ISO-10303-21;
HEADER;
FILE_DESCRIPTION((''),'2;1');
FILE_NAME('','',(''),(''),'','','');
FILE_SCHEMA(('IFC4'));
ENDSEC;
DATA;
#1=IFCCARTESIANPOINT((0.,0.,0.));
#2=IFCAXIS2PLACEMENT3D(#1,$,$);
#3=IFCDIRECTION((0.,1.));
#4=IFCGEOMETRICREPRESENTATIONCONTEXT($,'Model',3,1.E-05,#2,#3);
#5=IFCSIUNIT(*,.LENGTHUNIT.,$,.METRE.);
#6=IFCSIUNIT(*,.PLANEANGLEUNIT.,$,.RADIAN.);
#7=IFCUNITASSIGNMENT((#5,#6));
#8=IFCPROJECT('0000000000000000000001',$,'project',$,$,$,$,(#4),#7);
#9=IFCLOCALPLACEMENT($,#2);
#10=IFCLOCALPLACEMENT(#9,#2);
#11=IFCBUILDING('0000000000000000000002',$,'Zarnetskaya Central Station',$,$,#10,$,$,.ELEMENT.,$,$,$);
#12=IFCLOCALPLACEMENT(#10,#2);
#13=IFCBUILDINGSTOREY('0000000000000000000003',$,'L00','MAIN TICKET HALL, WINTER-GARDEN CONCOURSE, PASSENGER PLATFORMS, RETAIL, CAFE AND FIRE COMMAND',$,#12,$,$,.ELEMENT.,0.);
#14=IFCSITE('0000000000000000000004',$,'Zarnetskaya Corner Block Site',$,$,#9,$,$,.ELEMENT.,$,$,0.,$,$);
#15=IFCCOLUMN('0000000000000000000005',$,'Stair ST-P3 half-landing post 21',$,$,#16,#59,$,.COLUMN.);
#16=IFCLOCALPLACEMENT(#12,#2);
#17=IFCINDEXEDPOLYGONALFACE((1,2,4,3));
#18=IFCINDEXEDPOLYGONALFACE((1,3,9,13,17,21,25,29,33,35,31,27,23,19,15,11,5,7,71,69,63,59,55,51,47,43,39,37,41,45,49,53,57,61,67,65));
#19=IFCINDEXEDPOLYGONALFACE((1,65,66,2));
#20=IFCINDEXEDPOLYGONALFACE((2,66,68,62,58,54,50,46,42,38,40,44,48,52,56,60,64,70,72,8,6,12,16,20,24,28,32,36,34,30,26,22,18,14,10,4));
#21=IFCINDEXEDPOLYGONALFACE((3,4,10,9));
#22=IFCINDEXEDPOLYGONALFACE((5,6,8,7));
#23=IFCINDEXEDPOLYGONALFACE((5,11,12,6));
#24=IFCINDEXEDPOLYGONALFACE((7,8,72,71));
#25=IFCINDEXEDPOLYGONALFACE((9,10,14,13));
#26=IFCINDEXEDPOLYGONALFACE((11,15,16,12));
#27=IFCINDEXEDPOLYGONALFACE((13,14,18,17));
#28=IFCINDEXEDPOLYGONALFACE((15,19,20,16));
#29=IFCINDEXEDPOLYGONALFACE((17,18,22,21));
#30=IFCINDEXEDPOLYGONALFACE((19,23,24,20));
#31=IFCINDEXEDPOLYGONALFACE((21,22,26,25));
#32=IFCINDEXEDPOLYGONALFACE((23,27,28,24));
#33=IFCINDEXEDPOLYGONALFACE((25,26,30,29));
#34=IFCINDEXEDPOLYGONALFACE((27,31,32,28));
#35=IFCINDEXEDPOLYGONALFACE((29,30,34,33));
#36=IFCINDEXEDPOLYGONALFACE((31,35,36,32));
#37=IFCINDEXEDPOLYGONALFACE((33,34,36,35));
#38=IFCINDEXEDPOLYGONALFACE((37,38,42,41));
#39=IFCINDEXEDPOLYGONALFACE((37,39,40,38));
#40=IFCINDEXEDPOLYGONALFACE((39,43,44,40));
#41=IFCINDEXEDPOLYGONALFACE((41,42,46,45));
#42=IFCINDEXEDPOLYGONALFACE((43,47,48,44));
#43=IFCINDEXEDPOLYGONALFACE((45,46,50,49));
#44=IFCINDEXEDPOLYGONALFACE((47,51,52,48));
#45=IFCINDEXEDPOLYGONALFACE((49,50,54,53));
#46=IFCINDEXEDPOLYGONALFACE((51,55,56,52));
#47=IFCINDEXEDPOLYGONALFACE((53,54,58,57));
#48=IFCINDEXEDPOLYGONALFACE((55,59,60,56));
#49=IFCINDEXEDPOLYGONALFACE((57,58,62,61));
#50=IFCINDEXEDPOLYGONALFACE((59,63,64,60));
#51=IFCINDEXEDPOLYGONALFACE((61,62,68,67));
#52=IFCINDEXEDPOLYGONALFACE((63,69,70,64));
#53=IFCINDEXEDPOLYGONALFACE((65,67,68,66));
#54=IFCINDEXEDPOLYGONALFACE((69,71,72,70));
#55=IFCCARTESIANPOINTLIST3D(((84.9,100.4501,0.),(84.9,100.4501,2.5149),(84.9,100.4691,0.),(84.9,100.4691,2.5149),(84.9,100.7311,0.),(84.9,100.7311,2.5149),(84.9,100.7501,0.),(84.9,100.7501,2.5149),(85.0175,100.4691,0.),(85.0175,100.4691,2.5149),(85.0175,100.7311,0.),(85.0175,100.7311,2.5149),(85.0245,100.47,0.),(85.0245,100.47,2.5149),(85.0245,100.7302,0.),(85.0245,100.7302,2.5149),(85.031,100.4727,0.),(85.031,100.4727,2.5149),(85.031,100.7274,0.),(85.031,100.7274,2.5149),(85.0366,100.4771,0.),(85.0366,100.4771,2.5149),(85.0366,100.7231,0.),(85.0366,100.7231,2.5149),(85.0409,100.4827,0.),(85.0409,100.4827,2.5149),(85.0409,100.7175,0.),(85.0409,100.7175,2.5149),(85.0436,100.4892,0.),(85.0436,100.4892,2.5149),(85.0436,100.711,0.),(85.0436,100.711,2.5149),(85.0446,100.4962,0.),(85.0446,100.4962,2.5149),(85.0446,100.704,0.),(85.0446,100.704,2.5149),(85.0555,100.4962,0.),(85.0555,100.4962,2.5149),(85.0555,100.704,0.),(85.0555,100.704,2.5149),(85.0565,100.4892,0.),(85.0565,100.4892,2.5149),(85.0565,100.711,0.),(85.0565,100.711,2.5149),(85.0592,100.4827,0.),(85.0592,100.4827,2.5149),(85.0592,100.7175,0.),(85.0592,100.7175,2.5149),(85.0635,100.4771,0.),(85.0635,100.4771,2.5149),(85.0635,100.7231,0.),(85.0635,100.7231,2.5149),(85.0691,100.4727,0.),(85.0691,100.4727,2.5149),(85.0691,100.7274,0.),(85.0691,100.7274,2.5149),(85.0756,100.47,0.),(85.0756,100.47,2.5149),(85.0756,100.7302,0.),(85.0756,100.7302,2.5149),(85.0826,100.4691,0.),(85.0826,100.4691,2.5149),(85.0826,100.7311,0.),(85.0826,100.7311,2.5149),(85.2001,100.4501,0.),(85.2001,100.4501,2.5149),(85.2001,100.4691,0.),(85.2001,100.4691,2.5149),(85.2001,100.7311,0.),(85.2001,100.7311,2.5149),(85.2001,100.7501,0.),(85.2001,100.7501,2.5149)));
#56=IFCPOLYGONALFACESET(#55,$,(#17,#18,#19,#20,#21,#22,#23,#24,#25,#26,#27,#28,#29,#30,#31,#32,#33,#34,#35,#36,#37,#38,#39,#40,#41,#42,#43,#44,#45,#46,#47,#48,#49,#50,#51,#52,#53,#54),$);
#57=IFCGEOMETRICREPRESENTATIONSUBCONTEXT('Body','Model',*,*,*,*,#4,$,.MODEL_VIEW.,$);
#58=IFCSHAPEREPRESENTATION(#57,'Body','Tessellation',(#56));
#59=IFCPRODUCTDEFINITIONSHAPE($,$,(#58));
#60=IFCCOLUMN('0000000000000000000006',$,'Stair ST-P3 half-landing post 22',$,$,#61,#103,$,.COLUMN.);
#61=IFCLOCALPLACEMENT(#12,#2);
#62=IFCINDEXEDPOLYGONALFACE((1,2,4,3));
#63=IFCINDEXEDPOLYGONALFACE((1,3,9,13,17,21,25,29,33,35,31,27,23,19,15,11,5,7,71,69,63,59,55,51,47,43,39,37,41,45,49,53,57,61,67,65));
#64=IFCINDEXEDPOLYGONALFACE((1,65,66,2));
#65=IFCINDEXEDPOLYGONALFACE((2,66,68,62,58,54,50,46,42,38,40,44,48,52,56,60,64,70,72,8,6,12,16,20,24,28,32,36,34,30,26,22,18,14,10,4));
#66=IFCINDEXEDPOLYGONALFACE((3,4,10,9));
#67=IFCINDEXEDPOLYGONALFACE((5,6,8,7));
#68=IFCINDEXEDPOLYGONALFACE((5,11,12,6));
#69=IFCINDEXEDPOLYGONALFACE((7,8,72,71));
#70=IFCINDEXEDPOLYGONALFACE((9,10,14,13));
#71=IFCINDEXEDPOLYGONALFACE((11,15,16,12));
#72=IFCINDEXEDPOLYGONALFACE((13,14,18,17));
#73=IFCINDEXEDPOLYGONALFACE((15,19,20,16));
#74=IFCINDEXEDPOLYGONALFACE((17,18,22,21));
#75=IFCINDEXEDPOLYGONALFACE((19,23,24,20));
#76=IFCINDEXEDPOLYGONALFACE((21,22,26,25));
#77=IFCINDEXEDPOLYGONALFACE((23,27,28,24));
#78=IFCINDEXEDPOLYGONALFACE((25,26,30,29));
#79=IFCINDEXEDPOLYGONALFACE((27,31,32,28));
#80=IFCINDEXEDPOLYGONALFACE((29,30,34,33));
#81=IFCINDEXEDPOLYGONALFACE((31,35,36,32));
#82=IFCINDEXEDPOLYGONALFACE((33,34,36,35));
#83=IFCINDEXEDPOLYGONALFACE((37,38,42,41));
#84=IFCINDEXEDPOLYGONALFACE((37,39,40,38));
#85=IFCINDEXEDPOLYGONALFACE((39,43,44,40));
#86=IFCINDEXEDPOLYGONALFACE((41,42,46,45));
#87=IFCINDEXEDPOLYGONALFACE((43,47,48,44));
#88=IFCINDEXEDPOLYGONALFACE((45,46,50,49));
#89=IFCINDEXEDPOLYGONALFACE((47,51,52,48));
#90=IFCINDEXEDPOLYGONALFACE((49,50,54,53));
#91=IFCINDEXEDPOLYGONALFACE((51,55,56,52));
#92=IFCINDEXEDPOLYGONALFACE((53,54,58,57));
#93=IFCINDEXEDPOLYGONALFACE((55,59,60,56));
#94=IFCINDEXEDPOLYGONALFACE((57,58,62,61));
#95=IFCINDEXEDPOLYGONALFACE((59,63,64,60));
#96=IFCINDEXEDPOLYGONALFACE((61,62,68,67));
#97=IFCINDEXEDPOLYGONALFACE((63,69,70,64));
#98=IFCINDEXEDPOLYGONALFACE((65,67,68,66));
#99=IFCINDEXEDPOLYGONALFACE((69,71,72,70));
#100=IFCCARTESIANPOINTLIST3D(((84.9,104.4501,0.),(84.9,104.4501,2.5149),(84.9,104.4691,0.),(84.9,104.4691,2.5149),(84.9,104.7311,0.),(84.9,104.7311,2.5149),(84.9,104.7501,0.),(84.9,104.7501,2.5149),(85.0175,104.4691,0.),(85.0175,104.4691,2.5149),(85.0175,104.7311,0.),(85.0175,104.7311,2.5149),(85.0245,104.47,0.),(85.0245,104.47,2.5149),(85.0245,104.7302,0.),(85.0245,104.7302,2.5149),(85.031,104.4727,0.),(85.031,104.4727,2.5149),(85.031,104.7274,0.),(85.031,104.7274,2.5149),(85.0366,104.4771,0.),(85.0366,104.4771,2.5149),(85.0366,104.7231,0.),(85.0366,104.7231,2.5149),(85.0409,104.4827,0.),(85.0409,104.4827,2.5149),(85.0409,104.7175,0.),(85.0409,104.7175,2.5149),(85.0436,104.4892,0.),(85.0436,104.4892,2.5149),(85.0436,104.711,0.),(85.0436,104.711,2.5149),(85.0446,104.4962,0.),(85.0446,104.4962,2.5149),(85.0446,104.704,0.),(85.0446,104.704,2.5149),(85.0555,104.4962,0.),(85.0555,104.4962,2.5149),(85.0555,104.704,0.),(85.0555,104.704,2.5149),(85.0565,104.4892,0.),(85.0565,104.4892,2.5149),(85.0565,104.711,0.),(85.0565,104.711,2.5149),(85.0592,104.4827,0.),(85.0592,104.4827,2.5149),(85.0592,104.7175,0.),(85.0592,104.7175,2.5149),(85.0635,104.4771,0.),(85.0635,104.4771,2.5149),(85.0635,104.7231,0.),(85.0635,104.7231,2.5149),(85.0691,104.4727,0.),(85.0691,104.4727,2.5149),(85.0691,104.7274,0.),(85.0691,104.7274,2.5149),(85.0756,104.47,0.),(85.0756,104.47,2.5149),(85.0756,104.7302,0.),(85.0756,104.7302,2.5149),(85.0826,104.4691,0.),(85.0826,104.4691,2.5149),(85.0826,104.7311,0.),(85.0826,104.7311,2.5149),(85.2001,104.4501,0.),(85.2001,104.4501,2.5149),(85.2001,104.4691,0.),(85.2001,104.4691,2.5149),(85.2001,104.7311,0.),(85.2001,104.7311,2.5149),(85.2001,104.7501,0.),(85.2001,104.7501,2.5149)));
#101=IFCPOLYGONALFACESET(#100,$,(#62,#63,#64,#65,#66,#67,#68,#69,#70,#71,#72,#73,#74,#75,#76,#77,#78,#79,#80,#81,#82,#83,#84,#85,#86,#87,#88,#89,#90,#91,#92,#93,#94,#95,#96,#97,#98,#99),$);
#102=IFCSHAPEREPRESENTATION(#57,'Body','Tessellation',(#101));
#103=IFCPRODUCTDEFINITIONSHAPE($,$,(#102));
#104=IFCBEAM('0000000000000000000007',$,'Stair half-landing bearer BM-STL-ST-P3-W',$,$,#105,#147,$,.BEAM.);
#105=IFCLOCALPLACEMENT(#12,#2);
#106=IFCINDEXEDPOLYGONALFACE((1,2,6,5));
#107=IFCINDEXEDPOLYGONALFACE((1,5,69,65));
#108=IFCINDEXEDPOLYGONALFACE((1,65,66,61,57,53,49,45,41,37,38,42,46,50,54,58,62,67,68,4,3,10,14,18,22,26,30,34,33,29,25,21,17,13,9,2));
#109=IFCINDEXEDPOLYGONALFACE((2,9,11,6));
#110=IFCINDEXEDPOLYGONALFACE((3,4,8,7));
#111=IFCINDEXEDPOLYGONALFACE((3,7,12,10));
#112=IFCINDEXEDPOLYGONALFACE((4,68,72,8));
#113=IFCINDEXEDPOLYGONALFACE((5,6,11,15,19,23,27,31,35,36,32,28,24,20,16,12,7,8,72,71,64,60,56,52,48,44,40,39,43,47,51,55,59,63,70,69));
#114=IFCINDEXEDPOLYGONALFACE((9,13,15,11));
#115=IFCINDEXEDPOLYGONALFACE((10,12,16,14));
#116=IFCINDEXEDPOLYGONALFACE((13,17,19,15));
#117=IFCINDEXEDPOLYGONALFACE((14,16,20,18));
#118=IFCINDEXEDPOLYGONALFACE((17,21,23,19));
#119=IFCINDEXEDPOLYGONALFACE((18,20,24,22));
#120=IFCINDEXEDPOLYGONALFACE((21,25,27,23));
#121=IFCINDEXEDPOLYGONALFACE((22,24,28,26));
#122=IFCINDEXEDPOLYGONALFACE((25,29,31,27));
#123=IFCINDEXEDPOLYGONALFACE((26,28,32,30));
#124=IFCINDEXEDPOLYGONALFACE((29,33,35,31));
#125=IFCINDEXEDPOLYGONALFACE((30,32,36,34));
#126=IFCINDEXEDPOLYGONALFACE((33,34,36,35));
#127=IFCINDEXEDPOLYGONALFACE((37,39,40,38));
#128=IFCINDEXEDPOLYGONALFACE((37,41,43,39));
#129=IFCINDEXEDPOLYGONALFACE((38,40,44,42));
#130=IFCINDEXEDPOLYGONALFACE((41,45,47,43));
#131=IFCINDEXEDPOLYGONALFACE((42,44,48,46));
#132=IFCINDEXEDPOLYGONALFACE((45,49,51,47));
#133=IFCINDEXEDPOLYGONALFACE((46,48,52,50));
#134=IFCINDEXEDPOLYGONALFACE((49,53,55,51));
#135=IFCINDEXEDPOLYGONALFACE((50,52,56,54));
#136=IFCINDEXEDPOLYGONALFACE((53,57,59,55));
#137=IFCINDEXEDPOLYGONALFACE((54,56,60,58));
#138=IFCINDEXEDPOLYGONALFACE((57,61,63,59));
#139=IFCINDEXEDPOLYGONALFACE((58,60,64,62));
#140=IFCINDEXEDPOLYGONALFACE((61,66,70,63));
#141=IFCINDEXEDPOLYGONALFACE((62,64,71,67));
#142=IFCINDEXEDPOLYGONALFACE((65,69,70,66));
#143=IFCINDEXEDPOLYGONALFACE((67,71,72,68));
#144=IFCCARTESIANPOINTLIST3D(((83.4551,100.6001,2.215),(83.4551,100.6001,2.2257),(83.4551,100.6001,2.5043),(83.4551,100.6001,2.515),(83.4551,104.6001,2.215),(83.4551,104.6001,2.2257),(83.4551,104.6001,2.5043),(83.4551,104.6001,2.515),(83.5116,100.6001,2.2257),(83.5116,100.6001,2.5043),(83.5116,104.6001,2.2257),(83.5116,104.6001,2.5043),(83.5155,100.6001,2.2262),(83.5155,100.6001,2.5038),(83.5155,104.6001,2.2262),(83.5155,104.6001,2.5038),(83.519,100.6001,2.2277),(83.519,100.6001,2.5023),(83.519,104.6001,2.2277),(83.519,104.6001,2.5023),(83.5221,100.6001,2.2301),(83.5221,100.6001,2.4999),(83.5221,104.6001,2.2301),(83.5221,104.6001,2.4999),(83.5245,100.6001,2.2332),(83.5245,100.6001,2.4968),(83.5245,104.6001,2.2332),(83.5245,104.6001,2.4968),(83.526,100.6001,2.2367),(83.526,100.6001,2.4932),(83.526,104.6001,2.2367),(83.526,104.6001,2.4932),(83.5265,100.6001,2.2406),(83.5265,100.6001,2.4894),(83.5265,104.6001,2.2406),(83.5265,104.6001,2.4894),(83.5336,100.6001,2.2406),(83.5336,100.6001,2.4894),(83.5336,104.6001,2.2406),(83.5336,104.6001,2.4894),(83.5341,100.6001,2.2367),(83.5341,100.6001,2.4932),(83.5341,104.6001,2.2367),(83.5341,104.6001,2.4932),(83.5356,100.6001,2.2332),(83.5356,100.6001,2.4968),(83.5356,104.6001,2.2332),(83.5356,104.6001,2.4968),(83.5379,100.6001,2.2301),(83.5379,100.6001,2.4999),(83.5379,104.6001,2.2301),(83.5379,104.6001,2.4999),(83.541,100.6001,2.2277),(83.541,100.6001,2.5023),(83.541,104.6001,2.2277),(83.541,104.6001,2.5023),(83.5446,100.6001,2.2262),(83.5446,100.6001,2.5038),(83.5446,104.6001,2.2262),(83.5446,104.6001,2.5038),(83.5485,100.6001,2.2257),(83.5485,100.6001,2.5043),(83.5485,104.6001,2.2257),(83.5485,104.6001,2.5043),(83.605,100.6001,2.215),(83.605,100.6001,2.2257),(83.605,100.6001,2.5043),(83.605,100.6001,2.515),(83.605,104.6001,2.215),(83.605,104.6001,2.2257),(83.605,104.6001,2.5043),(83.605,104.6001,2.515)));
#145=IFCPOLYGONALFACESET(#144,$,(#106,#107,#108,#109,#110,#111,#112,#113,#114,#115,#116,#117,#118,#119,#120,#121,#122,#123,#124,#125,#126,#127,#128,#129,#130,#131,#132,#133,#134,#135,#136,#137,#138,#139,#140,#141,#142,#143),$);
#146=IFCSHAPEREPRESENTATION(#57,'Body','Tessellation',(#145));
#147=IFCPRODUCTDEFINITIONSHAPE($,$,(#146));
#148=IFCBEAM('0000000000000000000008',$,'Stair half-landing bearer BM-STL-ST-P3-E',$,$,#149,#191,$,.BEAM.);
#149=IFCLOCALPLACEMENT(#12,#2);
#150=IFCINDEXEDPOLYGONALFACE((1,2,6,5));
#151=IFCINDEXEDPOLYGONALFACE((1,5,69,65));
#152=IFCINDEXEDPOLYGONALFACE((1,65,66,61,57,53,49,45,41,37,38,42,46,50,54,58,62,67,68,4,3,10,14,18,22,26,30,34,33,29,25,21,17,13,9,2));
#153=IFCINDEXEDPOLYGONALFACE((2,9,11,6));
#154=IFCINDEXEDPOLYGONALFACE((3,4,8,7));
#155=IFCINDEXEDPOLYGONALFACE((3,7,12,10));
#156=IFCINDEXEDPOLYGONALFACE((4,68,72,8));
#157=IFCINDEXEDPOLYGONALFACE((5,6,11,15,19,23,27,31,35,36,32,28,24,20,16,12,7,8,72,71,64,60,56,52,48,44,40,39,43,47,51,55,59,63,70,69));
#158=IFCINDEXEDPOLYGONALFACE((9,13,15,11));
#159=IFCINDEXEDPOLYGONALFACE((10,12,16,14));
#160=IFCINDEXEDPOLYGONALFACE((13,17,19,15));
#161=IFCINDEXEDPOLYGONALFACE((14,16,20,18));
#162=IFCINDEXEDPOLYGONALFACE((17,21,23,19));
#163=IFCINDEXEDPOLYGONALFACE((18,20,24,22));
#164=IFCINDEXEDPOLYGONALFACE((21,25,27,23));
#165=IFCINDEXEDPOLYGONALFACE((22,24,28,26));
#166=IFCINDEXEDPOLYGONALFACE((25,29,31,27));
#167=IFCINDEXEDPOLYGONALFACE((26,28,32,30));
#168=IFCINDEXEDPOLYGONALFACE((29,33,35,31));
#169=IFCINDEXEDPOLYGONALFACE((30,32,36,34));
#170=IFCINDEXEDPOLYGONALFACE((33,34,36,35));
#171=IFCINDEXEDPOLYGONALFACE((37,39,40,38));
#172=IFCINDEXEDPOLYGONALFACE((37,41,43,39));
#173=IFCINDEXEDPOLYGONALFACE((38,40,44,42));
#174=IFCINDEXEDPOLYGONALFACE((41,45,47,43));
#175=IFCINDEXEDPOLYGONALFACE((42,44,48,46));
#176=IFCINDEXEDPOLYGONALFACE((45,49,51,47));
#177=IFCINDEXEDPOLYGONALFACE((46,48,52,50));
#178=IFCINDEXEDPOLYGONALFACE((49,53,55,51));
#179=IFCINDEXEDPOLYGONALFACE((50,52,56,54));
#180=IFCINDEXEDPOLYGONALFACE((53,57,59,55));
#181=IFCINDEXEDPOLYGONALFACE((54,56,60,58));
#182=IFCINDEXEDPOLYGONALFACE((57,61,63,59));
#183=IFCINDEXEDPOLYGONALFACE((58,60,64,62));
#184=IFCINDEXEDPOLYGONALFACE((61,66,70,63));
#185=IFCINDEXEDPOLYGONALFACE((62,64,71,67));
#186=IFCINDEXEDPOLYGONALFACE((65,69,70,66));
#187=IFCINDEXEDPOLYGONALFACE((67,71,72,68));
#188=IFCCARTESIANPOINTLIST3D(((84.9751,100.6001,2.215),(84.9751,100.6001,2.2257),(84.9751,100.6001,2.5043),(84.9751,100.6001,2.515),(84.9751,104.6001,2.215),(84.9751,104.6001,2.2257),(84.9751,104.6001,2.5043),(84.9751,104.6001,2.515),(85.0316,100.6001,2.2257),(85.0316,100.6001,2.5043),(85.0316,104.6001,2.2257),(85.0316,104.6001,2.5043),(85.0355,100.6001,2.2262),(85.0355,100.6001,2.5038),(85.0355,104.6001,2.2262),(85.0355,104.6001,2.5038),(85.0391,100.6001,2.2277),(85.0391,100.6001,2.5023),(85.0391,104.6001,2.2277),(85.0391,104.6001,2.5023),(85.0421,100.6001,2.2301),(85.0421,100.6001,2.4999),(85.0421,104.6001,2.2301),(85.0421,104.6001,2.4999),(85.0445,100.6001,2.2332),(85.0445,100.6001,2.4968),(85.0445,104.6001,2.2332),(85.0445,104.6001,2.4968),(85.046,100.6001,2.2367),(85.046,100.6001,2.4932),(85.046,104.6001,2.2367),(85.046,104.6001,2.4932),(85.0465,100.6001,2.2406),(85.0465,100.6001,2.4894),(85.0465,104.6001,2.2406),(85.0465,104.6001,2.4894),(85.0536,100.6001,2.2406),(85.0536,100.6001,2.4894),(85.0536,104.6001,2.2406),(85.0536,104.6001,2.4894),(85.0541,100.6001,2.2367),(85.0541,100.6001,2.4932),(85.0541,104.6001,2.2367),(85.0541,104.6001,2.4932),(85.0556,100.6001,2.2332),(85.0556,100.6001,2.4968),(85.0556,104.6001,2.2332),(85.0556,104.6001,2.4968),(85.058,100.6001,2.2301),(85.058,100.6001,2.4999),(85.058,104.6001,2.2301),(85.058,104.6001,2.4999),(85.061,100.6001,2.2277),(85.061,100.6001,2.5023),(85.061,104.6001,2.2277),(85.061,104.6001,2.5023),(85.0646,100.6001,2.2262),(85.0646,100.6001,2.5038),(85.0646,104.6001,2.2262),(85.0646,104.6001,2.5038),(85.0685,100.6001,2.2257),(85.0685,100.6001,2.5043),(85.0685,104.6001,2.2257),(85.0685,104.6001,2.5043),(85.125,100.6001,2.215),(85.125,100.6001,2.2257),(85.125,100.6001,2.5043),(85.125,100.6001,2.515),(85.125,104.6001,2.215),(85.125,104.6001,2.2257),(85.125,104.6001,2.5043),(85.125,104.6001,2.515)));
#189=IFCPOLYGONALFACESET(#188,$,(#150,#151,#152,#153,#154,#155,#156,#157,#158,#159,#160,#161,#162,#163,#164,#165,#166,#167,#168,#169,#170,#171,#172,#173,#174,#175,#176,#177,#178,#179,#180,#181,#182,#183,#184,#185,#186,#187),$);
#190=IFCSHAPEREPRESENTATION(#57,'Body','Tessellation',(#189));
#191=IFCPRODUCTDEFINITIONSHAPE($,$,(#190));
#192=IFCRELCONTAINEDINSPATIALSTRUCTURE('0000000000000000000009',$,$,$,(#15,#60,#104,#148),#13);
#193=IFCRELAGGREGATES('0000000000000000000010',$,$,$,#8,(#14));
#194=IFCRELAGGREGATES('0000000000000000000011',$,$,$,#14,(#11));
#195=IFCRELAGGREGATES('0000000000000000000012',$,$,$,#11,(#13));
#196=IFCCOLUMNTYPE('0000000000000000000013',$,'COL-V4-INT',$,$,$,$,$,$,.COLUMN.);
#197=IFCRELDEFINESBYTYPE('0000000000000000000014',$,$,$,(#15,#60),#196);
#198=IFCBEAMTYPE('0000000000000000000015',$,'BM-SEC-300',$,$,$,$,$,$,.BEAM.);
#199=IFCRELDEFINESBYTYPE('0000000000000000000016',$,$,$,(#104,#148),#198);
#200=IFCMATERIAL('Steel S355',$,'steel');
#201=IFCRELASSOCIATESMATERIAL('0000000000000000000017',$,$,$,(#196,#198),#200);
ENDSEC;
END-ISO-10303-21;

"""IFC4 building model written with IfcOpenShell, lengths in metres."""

from ifc_helpers import new_model, si_unit, direction, frame, origin, origin_2d, place, context, subcontext, project, spatial, i_section, extrude, material, material_profile, profile_set, type_object, element, save


model = new_model("IFC4")

# Units and contexts
model_context = context("Model", 3, precision=1e-05, world=origin(), true_north=direction((0.0, 1.0)))
body_context = subcontext(model_context, "Body", "Model", "MODEL_VIEW")
ifc_project = project(units=[si_unit("LENGTHUNIT", "METRE"), si_unit("PLANEANGLEUNIT", "RADIAN")], contexts=[model_context])

# Site, building, storey
site_placement = place(None, origin())
site = spatial("IfcSite", under=ifc_project, at=site_placement, Name="Zarnetskaya Corner Block Site", CompositionType="ELEMENT", RefElevation=0.0)
building_placement = place(site_placement, origin())
building = spatial("IfcBuilding", under=site, at=building_placement, Name="Zarnetskaya Central Station", CompositionType="ELEMENT")
storey_placement = place(building_placement, origin())
storey = spatial("IfcBuildingStorey", under=building, at=storey_placement, Name="L00", Description="MAIN TICKET HALL, WINTER-GARDEN CONCOURSE, PASSENGER PLATFORMS, RETAIL, CAFE AND FIRE COMMAND", CompositionType="ELEMENT", Elevation=0.0)

# Columns
ifc_material_1 = material(Name="Steel S355", Category="steel")
ifc_material_profile_1 = material_profile(ifc_material_1, i_section(OverallWidth=0.3, OverallDepth=0.3, WebThickness=0.011, FlangeThickness=0.019, FilletRadius=0.0271, at=origin_2d()), Name="HEB 300")
ifc_profile_set_1 = profile_set([ifc_material_profile_1], Name="Steel S355")
column_type_1 = type_object("IfcColumnType", Name="COL-V4-INT", PredefinedType="COLUMN", material=ifc_profile_set_1)
for number, where, z_axis, x_axis, name in (
    (1, (85.05, 100.6001, 0.0), (0.0, 0.0, 1.0), (1.0, 0.0, 0.0), "Stair ST-P3 half-landing post 21"),
    (2, (85.05, 104.6001, 0.0), (0.0, 0.0, 1.0), (1.0, 0.0, 0.0), "Stair ST-P3 half-landing post 22"),
):
    element("IfcColumn", number, at=place(storey_placement, frame(where, z_axis=z_axis, x_axis=x_axis)), inside=storey, type_object=column_type_1, Name=name, PredefinedType="COLUMN", context=body_context, shape_type="SweptSolid", body=[
        extrude(i_section(OverallWidth=0.3, OverallDepth=0.3, WebThickness=0.011, FlangeThickness=0.019, FilletRadius=0.0271, at=origin_2d()), origin(), (0.0, 0.0, 1.0), 2.5149),
    ])

# Beams
ifc_material_profile_2 = material_profile(ifc_material_1, i_section(OverallWidth=0.1499, OverallDepth=0.3, WebThickness=0.0071, FlangeThickness=0.0107, FilletRadius=0.0149, at=origin_2d()), Name="IPE 300")
ifc_profile_set_2 = profile_set([ifc_material_profile_2], Name="Steel S355")
beam_type_1 = type_object("IfcBeamType", Name="BM-SEC-300", PredefinedType="BEAM", material=ifc_profile_set_2)
for number, where, z_axis, x_axis, name in (
    (3, (83.53, 100.6001, 2.365), (0.0, 1.0, 0.0), (-1.0, 0.0, 0.0), "Stair half-landing bearer BM-STL-ST-P3-W"),
    (4, (85.05, 100.6001, 2.365), (0.0, 1.0, 0.0), (-1.0, 0.0, 0.0), "Stair half-landing bearer BM-STL-ST-P3-E"),
):
    element("IfcBeam", number, at=place(storey_placement, frame(where, z_axis=z_axis, x_axis=x_axis)), inside=storey, type_object=beam_type_1, Name=name, PredefinedType="BEAM", context=body_context, shape_type="SweptSolid", body=[
        extrude(i_section(OverallWidth=0.1499, OverallDepth=0.3, WebThickness=0.0071, FlangeThickness=0.0107, FilletRadius=0.0149, at=origin_2d()), origin(), (0.0, 0.0, 1.0), 4.0),
    ])

save(model, "model.ifc")
